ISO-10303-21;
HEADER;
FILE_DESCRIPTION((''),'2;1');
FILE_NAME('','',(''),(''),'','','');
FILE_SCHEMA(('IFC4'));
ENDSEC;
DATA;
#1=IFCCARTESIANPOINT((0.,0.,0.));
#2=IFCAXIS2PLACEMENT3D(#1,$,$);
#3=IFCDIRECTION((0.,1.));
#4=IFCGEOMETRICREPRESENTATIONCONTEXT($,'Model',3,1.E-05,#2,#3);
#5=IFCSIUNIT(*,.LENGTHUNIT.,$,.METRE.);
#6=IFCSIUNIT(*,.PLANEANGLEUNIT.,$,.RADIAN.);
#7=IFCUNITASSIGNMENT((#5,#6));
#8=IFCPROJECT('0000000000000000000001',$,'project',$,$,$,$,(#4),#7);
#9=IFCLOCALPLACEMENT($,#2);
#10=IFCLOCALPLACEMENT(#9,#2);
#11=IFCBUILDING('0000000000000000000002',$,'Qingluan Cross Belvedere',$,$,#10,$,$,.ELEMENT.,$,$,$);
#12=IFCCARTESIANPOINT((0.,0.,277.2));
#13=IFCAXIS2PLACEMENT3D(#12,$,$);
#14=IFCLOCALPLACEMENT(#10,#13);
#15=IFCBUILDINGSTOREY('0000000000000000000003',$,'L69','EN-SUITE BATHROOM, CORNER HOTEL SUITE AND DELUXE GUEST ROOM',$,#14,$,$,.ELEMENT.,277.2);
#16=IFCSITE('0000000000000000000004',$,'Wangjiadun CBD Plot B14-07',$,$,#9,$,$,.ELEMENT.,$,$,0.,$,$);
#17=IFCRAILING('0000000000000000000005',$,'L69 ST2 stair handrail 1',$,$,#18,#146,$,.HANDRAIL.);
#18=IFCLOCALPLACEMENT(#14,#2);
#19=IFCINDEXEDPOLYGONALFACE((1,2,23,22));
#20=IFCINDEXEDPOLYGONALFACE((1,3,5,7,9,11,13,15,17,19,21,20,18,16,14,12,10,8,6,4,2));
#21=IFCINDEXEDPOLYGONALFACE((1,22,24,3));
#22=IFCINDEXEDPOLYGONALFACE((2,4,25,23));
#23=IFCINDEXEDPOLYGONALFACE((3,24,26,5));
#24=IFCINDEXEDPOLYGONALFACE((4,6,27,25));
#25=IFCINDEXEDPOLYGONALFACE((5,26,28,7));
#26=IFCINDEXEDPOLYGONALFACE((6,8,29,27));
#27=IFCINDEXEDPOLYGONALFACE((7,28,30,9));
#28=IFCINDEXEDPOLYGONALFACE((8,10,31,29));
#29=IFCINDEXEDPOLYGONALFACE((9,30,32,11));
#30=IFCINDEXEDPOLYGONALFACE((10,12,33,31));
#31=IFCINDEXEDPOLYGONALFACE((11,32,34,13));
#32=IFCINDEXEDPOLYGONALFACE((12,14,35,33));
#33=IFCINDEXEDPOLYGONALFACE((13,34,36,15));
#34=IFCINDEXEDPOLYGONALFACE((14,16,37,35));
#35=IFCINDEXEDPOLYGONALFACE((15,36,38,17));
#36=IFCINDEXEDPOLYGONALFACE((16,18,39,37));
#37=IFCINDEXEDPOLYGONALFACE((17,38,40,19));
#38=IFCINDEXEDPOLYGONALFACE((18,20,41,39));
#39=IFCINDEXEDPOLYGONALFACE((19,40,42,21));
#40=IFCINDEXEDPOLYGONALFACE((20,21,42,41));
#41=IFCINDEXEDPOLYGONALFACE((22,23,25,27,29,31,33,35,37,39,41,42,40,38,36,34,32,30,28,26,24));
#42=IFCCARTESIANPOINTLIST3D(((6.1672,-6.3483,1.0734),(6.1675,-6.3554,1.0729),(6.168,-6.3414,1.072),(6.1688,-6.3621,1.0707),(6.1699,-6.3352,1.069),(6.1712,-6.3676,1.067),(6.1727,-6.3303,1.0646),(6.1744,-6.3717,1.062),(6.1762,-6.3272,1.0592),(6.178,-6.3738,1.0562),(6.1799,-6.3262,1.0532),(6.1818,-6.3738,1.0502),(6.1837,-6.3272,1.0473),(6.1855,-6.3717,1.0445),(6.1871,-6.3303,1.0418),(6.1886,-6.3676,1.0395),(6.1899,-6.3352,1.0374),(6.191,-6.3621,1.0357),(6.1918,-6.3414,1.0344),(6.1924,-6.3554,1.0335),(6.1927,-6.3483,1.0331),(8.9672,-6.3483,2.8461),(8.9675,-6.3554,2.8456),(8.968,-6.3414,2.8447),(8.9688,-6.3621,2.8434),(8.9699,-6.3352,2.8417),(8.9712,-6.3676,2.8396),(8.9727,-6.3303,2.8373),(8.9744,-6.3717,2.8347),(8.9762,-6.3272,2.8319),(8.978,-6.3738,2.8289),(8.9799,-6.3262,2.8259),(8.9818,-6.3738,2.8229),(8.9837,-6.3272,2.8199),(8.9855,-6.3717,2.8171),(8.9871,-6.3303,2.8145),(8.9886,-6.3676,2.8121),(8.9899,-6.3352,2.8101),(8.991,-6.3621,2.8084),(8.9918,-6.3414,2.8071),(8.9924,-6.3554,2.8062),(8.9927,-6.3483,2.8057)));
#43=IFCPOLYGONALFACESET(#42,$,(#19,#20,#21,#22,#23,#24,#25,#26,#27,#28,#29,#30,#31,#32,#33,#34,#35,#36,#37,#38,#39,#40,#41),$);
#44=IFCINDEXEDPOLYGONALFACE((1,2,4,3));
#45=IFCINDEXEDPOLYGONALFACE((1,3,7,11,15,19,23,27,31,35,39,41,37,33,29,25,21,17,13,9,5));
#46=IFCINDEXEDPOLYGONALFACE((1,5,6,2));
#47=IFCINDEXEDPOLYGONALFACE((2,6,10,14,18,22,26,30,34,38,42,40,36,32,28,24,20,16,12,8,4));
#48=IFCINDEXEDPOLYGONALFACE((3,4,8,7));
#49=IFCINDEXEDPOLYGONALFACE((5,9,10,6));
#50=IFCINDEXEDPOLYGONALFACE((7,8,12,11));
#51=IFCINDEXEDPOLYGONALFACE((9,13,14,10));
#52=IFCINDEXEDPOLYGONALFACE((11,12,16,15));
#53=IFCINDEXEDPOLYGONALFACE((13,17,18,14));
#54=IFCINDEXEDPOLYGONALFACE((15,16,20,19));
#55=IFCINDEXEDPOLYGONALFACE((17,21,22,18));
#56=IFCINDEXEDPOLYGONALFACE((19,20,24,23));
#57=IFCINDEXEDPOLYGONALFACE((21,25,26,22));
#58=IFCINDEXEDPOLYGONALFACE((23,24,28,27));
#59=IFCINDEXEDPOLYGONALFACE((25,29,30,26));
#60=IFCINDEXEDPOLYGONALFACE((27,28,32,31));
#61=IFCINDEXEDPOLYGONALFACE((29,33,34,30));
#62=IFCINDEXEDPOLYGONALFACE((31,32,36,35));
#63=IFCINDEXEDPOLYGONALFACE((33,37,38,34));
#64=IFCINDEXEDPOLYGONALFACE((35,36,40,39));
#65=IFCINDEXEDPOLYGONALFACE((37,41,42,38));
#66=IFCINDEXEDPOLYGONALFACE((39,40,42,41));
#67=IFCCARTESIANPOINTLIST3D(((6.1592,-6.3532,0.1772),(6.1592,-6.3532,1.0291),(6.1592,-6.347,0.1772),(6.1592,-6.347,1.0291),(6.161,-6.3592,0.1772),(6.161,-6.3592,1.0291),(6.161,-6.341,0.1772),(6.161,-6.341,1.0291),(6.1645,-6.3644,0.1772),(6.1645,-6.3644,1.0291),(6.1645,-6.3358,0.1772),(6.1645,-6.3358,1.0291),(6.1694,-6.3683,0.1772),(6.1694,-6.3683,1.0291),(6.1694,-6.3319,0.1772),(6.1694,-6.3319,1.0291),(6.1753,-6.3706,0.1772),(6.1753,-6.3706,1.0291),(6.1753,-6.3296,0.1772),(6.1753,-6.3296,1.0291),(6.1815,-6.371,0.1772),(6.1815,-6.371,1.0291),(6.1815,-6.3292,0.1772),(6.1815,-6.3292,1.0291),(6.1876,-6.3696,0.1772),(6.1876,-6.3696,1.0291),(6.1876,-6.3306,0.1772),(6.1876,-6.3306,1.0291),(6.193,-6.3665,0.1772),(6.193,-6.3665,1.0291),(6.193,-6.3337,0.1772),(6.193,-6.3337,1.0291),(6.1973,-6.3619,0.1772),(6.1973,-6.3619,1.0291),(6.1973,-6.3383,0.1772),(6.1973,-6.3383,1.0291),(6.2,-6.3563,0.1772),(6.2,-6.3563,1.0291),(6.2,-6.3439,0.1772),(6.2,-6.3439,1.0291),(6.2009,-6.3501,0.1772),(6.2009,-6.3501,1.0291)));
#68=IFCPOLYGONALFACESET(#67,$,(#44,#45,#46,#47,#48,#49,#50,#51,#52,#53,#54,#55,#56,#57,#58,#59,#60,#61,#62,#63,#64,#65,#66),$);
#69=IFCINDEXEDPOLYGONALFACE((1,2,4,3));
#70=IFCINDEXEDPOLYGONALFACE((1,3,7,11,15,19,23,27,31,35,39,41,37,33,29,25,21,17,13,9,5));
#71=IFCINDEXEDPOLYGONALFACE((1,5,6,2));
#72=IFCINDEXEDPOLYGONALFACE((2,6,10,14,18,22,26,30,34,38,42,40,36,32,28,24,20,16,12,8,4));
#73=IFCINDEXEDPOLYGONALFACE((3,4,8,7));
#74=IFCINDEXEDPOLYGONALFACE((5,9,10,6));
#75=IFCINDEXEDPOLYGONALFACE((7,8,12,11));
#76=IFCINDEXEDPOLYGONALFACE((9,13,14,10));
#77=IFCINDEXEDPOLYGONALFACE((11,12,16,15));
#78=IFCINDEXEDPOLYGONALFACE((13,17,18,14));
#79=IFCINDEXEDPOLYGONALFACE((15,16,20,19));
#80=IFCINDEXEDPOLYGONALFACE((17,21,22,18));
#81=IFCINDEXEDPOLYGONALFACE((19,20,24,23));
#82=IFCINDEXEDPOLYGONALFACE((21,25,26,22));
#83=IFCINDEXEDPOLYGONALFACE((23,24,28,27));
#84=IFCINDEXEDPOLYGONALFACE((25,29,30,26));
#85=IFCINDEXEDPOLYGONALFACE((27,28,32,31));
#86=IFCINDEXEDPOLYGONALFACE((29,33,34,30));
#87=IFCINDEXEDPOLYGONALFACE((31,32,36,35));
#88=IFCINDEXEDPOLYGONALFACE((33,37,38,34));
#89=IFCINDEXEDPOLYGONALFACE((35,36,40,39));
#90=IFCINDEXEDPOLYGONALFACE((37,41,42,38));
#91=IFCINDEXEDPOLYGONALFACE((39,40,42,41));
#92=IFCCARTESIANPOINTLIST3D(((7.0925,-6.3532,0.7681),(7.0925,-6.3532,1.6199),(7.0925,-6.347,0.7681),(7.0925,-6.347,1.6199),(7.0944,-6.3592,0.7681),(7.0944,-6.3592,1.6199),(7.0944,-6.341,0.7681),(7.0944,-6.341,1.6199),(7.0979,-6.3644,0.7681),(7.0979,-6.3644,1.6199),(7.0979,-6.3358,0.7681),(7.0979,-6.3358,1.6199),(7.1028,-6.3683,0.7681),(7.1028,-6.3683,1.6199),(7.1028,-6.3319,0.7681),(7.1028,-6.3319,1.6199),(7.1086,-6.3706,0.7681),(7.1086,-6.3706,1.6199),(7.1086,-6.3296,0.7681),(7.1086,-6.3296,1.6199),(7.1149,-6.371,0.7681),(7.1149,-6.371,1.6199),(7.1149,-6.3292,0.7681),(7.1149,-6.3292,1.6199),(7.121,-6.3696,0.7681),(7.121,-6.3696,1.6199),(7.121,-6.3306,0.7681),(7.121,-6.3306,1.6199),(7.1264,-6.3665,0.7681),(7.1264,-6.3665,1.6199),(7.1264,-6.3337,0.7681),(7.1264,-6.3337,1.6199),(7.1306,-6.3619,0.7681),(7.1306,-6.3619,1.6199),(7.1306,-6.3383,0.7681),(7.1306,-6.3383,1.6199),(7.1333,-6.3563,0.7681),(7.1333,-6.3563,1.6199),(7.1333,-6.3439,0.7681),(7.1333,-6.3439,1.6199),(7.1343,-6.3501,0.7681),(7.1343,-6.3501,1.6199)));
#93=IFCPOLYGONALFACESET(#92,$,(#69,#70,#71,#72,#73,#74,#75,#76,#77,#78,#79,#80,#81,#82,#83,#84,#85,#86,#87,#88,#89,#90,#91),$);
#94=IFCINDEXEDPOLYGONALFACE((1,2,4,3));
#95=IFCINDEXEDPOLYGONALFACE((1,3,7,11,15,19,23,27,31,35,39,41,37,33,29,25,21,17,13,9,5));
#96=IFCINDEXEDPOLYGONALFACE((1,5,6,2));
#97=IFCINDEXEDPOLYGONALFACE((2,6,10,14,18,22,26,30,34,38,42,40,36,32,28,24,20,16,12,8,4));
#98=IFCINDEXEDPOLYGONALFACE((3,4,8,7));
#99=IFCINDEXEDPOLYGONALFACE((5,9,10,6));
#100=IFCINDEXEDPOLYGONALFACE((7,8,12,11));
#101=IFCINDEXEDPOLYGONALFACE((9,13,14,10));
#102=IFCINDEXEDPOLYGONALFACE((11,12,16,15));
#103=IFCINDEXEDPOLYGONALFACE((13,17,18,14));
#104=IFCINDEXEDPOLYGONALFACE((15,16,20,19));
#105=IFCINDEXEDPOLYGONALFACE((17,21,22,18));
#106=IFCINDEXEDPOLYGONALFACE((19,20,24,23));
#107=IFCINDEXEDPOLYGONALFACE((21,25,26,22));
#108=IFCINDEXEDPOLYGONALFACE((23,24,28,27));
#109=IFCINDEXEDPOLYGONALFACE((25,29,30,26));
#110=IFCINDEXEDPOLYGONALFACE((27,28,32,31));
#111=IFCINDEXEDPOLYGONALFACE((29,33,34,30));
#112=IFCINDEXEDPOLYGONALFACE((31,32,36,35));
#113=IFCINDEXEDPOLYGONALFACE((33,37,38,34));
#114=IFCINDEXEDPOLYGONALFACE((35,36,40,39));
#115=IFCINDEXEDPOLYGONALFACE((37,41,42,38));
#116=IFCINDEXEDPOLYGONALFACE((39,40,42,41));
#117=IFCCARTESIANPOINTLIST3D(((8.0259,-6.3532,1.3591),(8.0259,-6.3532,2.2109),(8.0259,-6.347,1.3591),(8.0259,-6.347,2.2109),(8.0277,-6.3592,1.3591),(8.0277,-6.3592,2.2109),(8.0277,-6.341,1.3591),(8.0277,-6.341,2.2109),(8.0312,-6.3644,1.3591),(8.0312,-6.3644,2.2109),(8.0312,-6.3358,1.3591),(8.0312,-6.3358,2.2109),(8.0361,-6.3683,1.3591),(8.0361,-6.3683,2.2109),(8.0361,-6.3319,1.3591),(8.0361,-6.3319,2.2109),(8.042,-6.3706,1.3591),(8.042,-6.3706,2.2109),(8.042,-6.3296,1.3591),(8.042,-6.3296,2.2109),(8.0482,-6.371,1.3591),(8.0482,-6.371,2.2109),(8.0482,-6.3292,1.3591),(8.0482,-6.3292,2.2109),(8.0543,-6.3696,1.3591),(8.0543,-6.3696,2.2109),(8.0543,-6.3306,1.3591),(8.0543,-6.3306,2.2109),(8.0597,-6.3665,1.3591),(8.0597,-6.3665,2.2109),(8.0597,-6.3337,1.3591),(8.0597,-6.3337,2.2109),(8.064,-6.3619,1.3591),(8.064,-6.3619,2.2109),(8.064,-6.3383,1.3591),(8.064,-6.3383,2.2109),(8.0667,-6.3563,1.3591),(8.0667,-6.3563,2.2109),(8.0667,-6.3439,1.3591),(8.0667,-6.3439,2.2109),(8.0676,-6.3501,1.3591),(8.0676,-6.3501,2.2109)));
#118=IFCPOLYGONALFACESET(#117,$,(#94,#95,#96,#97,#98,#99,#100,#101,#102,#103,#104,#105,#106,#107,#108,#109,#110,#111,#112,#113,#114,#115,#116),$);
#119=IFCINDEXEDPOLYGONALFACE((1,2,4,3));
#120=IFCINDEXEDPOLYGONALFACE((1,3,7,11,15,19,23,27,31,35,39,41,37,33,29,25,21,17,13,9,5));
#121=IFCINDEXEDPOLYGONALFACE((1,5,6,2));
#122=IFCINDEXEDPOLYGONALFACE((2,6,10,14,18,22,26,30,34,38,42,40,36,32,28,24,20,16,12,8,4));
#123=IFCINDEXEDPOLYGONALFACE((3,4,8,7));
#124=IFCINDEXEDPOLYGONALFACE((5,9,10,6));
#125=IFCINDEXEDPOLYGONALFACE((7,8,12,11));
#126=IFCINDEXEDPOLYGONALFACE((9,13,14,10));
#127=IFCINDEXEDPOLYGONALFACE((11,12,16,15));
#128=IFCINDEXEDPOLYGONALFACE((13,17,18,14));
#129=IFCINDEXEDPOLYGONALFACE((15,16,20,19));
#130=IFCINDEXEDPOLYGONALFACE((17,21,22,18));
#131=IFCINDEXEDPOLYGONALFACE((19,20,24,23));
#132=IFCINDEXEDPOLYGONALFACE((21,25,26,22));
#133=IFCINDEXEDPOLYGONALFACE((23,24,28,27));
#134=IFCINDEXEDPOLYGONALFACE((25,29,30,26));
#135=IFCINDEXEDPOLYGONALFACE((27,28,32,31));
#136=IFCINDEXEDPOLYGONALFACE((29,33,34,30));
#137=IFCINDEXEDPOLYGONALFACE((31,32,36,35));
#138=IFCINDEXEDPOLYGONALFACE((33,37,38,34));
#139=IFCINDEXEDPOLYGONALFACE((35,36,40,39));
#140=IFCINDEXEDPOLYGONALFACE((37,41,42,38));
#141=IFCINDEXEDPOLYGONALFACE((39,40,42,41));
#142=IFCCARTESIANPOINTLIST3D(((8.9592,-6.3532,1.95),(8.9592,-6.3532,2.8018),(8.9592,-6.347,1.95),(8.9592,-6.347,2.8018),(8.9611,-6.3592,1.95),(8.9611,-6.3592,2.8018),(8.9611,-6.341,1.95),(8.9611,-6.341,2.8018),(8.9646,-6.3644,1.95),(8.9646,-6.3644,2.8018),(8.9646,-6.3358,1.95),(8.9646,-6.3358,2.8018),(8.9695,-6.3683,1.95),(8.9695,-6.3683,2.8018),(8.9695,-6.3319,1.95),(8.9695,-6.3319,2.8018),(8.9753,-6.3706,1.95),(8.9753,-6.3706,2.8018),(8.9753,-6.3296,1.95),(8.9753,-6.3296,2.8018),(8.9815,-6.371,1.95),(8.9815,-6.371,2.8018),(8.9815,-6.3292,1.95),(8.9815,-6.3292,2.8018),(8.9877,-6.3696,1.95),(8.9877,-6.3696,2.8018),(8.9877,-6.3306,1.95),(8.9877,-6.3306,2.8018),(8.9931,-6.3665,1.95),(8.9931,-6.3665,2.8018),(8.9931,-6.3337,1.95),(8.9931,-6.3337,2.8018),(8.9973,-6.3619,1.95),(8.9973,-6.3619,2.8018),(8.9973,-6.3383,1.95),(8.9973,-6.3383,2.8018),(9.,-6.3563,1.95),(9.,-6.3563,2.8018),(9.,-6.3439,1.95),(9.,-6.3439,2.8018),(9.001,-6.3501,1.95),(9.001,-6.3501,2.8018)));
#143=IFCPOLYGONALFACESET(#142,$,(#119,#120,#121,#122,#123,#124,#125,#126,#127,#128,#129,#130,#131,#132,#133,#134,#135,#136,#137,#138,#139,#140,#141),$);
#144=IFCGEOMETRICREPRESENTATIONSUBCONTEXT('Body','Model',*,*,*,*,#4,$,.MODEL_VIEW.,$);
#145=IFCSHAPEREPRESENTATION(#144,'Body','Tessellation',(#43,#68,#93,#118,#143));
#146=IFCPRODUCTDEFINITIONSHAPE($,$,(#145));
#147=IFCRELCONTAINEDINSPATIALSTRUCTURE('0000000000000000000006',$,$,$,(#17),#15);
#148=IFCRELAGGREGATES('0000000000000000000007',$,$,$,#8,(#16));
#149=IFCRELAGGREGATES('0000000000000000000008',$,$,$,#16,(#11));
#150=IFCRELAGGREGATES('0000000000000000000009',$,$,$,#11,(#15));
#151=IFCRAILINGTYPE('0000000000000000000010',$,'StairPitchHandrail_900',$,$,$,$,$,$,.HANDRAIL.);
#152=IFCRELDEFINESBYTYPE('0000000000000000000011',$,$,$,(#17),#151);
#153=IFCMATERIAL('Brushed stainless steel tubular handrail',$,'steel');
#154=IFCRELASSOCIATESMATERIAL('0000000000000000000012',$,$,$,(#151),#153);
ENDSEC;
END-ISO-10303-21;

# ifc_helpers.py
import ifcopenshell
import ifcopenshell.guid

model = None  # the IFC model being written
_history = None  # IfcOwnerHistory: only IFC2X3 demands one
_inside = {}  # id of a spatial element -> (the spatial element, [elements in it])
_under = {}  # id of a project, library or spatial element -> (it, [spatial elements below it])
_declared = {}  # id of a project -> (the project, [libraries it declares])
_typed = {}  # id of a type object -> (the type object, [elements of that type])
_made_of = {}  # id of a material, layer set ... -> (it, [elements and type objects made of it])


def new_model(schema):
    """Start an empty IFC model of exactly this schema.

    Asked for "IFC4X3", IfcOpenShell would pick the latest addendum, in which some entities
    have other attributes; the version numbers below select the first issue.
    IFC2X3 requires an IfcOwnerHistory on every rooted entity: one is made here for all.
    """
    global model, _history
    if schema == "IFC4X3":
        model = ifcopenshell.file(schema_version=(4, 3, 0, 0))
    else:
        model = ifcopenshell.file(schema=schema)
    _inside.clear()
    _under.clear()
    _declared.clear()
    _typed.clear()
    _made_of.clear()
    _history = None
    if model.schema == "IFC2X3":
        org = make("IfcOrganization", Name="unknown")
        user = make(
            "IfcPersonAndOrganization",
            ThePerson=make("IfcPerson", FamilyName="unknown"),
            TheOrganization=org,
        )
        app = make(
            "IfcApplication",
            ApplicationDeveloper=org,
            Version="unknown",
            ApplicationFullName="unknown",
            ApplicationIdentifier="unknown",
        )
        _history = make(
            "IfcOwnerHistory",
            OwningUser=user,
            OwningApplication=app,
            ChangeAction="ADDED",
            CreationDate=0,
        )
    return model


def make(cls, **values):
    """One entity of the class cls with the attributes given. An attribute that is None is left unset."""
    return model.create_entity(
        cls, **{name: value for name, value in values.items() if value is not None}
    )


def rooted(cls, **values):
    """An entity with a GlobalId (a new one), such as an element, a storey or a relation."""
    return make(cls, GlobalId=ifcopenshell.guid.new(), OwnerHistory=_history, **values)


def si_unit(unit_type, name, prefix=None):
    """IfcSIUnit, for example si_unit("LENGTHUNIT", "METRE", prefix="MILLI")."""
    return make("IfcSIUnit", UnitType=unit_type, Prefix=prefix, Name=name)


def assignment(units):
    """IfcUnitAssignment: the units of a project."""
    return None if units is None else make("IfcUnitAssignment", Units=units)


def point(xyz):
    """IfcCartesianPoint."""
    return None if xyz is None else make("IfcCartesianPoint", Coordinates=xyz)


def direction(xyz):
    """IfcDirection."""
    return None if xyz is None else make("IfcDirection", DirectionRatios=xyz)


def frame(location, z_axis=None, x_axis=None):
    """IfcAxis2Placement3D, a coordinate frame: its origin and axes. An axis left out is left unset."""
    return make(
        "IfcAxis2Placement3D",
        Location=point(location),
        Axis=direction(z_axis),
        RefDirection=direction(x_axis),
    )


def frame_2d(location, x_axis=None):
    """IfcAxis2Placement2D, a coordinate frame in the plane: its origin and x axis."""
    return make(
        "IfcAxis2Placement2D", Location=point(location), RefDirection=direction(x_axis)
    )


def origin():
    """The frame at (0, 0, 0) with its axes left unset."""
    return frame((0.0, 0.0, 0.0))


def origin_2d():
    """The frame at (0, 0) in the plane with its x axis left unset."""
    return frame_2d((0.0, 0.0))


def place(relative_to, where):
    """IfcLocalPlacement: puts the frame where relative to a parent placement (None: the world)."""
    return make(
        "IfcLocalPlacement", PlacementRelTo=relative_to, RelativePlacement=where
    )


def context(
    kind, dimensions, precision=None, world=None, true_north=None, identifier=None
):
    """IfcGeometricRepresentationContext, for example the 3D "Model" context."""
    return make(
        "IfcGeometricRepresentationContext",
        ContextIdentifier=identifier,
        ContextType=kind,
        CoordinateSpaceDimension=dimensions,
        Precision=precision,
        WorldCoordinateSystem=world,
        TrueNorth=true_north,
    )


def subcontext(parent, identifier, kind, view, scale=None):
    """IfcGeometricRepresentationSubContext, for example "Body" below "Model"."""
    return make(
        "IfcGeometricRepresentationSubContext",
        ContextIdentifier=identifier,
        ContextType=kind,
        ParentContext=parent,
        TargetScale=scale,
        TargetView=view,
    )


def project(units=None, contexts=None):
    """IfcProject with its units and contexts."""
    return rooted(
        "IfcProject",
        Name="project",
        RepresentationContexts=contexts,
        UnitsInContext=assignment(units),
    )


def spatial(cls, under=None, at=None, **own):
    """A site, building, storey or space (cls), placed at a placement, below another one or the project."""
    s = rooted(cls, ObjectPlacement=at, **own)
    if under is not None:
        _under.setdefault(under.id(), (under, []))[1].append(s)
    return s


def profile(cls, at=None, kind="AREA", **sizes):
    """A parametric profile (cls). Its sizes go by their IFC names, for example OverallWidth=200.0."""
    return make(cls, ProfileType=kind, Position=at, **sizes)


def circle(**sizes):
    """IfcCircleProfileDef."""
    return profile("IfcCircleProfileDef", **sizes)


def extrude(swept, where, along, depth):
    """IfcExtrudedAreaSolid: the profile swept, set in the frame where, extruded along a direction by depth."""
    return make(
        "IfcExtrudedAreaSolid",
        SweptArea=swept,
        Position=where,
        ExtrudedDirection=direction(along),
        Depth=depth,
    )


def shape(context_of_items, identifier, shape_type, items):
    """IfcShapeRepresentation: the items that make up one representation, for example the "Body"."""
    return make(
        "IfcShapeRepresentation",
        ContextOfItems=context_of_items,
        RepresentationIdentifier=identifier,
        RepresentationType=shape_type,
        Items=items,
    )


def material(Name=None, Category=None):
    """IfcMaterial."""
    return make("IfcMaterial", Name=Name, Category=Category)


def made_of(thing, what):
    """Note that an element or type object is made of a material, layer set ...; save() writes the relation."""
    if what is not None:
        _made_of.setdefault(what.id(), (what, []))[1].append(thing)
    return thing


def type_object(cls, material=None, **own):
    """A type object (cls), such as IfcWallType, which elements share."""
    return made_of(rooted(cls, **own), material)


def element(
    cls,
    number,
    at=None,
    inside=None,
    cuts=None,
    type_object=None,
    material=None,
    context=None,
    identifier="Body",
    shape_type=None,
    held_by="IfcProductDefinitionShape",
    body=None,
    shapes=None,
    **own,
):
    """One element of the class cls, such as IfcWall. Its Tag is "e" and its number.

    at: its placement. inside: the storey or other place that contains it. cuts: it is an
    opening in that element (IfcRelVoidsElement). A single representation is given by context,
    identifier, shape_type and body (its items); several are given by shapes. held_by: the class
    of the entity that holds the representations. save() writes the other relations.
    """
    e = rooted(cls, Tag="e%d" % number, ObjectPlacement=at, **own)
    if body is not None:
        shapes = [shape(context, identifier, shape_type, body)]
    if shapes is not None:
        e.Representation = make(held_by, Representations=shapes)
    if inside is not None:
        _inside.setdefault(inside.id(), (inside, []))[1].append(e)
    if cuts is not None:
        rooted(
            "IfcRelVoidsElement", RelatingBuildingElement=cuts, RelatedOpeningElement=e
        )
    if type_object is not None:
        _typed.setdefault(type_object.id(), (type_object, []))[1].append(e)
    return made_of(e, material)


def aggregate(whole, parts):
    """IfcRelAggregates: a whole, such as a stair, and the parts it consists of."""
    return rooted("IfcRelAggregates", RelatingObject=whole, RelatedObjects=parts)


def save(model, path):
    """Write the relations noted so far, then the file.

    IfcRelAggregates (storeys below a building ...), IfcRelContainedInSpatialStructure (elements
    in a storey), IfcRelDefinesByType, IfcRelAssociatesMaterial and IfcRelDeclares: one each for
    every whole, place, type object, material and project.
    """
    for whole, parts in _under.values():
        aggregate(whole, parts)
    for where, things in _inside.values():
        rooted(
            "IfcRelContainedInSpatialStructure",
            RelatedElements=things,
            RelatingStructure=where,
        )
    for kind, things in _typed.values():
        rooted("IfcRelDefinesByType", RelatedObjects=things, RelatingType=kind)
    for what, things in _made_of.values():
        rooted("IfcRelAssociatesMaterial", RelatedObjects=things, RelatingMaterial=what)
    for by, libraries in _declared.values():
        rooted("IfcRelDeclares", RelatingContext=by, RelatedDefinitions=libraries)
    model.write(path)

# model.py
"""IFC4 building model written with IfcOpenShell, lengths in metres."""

from ifc_helpers import new_model, si_unit, direction, frame, origin, origin_2d, place, context, subcontext, project, spatial, circle, extrude, material, type_object, element, save


model = new_model("IFC4")

# Units and contexts
model_context = context("Model", 3, precision=1e-05, world=origin(), true_north=direction((0.0, 1.0)))
body_context = subcontext(model_context, "Body", "Model", "MODEL_VIEW")
ifc_project = project(units=[si_unit("LENGTHUNIT", "METRE"), si_unit("PLANEANGLEUNIT", "RADIAN")], contexts=[model_context])

# Site, building, storey
site_placement = place(None, origin())
site = spatial("IfcSite", under=ifc_project, at=site_placement, Name="Wangjiadun CBD Plot B14-07", CompositionType="ELEMENT", RefElevation=0.0)
building_placement = place(site_placement, origin())
building = spatial("IfcBuilding", under=site, at=building_placement, Name="Qingluan Cross Belvedere", CompositionType="ELEMENT")
storey_placement = place(building_placement, frame((0.0, 0.0, 277.2)))
storey = spatial("IfcBuildingStorey", under=building, at=storey_placement, Name="L69", Description="EN-SUITE BATHROOM, CORNER HOTEL SUITE AND DELUXE GUEST ROOM", CompositionType="ELEMENT", Elevation=277.2)

# Railing
ifc_material_1 = material(Name="Brushed stainless steel tubular handrail", Category="steel")
railing_type_1 = type_object("IfcRailingType", Name="StairPitchHandrail_900", PredefinedType="HANDRAIL", material=ifc_material_1)
railing_1_placement = place(storey_placement, frame((6.1799, -6.3501, 0.1772)))
element("IfcRailing", 1, at=railing_1_placement, inside=storey, type_object=railing_type_1, Name="L69 ST2 stair handrail 1", PredefinedType="HANDRAIL", context=body_context, shape_type="SweptSolid", body=[
    extrude(circle(Radius=0.0239, at=origin_2d()), frame((0.0, 0.0, 0.876), z_axis=(0.844909, 0.0, 0.53491), x_axis=(0.0, 1.0, 0.0)), (0.0, 0.0, 1.0), 3.314),
    extrude(circle(Radius=0.021, at=origin_2d()), origin(), (0.0, 0.0, 1.0), 0.8518),
    extrude(circle(Radius=0.021, at=origin_2d()), frame((0.9333, 0.0, 0.5908)), (0.0, 0.0, 1.0), 0.8518),
    extrude(circle(Radius=0.021, at=origin_2d()), frame((1.8667, 0.0, 1.1819)), (0.0, 0.0, 1.0), 0.8518),
    extrude(circle(Radius=0.021, at=origin_2d()), frame((2.8, 0.0, 1.7727)), (0.0, 0.0, 1.0), 0.8518),
])

save(model, "model.ifc")
